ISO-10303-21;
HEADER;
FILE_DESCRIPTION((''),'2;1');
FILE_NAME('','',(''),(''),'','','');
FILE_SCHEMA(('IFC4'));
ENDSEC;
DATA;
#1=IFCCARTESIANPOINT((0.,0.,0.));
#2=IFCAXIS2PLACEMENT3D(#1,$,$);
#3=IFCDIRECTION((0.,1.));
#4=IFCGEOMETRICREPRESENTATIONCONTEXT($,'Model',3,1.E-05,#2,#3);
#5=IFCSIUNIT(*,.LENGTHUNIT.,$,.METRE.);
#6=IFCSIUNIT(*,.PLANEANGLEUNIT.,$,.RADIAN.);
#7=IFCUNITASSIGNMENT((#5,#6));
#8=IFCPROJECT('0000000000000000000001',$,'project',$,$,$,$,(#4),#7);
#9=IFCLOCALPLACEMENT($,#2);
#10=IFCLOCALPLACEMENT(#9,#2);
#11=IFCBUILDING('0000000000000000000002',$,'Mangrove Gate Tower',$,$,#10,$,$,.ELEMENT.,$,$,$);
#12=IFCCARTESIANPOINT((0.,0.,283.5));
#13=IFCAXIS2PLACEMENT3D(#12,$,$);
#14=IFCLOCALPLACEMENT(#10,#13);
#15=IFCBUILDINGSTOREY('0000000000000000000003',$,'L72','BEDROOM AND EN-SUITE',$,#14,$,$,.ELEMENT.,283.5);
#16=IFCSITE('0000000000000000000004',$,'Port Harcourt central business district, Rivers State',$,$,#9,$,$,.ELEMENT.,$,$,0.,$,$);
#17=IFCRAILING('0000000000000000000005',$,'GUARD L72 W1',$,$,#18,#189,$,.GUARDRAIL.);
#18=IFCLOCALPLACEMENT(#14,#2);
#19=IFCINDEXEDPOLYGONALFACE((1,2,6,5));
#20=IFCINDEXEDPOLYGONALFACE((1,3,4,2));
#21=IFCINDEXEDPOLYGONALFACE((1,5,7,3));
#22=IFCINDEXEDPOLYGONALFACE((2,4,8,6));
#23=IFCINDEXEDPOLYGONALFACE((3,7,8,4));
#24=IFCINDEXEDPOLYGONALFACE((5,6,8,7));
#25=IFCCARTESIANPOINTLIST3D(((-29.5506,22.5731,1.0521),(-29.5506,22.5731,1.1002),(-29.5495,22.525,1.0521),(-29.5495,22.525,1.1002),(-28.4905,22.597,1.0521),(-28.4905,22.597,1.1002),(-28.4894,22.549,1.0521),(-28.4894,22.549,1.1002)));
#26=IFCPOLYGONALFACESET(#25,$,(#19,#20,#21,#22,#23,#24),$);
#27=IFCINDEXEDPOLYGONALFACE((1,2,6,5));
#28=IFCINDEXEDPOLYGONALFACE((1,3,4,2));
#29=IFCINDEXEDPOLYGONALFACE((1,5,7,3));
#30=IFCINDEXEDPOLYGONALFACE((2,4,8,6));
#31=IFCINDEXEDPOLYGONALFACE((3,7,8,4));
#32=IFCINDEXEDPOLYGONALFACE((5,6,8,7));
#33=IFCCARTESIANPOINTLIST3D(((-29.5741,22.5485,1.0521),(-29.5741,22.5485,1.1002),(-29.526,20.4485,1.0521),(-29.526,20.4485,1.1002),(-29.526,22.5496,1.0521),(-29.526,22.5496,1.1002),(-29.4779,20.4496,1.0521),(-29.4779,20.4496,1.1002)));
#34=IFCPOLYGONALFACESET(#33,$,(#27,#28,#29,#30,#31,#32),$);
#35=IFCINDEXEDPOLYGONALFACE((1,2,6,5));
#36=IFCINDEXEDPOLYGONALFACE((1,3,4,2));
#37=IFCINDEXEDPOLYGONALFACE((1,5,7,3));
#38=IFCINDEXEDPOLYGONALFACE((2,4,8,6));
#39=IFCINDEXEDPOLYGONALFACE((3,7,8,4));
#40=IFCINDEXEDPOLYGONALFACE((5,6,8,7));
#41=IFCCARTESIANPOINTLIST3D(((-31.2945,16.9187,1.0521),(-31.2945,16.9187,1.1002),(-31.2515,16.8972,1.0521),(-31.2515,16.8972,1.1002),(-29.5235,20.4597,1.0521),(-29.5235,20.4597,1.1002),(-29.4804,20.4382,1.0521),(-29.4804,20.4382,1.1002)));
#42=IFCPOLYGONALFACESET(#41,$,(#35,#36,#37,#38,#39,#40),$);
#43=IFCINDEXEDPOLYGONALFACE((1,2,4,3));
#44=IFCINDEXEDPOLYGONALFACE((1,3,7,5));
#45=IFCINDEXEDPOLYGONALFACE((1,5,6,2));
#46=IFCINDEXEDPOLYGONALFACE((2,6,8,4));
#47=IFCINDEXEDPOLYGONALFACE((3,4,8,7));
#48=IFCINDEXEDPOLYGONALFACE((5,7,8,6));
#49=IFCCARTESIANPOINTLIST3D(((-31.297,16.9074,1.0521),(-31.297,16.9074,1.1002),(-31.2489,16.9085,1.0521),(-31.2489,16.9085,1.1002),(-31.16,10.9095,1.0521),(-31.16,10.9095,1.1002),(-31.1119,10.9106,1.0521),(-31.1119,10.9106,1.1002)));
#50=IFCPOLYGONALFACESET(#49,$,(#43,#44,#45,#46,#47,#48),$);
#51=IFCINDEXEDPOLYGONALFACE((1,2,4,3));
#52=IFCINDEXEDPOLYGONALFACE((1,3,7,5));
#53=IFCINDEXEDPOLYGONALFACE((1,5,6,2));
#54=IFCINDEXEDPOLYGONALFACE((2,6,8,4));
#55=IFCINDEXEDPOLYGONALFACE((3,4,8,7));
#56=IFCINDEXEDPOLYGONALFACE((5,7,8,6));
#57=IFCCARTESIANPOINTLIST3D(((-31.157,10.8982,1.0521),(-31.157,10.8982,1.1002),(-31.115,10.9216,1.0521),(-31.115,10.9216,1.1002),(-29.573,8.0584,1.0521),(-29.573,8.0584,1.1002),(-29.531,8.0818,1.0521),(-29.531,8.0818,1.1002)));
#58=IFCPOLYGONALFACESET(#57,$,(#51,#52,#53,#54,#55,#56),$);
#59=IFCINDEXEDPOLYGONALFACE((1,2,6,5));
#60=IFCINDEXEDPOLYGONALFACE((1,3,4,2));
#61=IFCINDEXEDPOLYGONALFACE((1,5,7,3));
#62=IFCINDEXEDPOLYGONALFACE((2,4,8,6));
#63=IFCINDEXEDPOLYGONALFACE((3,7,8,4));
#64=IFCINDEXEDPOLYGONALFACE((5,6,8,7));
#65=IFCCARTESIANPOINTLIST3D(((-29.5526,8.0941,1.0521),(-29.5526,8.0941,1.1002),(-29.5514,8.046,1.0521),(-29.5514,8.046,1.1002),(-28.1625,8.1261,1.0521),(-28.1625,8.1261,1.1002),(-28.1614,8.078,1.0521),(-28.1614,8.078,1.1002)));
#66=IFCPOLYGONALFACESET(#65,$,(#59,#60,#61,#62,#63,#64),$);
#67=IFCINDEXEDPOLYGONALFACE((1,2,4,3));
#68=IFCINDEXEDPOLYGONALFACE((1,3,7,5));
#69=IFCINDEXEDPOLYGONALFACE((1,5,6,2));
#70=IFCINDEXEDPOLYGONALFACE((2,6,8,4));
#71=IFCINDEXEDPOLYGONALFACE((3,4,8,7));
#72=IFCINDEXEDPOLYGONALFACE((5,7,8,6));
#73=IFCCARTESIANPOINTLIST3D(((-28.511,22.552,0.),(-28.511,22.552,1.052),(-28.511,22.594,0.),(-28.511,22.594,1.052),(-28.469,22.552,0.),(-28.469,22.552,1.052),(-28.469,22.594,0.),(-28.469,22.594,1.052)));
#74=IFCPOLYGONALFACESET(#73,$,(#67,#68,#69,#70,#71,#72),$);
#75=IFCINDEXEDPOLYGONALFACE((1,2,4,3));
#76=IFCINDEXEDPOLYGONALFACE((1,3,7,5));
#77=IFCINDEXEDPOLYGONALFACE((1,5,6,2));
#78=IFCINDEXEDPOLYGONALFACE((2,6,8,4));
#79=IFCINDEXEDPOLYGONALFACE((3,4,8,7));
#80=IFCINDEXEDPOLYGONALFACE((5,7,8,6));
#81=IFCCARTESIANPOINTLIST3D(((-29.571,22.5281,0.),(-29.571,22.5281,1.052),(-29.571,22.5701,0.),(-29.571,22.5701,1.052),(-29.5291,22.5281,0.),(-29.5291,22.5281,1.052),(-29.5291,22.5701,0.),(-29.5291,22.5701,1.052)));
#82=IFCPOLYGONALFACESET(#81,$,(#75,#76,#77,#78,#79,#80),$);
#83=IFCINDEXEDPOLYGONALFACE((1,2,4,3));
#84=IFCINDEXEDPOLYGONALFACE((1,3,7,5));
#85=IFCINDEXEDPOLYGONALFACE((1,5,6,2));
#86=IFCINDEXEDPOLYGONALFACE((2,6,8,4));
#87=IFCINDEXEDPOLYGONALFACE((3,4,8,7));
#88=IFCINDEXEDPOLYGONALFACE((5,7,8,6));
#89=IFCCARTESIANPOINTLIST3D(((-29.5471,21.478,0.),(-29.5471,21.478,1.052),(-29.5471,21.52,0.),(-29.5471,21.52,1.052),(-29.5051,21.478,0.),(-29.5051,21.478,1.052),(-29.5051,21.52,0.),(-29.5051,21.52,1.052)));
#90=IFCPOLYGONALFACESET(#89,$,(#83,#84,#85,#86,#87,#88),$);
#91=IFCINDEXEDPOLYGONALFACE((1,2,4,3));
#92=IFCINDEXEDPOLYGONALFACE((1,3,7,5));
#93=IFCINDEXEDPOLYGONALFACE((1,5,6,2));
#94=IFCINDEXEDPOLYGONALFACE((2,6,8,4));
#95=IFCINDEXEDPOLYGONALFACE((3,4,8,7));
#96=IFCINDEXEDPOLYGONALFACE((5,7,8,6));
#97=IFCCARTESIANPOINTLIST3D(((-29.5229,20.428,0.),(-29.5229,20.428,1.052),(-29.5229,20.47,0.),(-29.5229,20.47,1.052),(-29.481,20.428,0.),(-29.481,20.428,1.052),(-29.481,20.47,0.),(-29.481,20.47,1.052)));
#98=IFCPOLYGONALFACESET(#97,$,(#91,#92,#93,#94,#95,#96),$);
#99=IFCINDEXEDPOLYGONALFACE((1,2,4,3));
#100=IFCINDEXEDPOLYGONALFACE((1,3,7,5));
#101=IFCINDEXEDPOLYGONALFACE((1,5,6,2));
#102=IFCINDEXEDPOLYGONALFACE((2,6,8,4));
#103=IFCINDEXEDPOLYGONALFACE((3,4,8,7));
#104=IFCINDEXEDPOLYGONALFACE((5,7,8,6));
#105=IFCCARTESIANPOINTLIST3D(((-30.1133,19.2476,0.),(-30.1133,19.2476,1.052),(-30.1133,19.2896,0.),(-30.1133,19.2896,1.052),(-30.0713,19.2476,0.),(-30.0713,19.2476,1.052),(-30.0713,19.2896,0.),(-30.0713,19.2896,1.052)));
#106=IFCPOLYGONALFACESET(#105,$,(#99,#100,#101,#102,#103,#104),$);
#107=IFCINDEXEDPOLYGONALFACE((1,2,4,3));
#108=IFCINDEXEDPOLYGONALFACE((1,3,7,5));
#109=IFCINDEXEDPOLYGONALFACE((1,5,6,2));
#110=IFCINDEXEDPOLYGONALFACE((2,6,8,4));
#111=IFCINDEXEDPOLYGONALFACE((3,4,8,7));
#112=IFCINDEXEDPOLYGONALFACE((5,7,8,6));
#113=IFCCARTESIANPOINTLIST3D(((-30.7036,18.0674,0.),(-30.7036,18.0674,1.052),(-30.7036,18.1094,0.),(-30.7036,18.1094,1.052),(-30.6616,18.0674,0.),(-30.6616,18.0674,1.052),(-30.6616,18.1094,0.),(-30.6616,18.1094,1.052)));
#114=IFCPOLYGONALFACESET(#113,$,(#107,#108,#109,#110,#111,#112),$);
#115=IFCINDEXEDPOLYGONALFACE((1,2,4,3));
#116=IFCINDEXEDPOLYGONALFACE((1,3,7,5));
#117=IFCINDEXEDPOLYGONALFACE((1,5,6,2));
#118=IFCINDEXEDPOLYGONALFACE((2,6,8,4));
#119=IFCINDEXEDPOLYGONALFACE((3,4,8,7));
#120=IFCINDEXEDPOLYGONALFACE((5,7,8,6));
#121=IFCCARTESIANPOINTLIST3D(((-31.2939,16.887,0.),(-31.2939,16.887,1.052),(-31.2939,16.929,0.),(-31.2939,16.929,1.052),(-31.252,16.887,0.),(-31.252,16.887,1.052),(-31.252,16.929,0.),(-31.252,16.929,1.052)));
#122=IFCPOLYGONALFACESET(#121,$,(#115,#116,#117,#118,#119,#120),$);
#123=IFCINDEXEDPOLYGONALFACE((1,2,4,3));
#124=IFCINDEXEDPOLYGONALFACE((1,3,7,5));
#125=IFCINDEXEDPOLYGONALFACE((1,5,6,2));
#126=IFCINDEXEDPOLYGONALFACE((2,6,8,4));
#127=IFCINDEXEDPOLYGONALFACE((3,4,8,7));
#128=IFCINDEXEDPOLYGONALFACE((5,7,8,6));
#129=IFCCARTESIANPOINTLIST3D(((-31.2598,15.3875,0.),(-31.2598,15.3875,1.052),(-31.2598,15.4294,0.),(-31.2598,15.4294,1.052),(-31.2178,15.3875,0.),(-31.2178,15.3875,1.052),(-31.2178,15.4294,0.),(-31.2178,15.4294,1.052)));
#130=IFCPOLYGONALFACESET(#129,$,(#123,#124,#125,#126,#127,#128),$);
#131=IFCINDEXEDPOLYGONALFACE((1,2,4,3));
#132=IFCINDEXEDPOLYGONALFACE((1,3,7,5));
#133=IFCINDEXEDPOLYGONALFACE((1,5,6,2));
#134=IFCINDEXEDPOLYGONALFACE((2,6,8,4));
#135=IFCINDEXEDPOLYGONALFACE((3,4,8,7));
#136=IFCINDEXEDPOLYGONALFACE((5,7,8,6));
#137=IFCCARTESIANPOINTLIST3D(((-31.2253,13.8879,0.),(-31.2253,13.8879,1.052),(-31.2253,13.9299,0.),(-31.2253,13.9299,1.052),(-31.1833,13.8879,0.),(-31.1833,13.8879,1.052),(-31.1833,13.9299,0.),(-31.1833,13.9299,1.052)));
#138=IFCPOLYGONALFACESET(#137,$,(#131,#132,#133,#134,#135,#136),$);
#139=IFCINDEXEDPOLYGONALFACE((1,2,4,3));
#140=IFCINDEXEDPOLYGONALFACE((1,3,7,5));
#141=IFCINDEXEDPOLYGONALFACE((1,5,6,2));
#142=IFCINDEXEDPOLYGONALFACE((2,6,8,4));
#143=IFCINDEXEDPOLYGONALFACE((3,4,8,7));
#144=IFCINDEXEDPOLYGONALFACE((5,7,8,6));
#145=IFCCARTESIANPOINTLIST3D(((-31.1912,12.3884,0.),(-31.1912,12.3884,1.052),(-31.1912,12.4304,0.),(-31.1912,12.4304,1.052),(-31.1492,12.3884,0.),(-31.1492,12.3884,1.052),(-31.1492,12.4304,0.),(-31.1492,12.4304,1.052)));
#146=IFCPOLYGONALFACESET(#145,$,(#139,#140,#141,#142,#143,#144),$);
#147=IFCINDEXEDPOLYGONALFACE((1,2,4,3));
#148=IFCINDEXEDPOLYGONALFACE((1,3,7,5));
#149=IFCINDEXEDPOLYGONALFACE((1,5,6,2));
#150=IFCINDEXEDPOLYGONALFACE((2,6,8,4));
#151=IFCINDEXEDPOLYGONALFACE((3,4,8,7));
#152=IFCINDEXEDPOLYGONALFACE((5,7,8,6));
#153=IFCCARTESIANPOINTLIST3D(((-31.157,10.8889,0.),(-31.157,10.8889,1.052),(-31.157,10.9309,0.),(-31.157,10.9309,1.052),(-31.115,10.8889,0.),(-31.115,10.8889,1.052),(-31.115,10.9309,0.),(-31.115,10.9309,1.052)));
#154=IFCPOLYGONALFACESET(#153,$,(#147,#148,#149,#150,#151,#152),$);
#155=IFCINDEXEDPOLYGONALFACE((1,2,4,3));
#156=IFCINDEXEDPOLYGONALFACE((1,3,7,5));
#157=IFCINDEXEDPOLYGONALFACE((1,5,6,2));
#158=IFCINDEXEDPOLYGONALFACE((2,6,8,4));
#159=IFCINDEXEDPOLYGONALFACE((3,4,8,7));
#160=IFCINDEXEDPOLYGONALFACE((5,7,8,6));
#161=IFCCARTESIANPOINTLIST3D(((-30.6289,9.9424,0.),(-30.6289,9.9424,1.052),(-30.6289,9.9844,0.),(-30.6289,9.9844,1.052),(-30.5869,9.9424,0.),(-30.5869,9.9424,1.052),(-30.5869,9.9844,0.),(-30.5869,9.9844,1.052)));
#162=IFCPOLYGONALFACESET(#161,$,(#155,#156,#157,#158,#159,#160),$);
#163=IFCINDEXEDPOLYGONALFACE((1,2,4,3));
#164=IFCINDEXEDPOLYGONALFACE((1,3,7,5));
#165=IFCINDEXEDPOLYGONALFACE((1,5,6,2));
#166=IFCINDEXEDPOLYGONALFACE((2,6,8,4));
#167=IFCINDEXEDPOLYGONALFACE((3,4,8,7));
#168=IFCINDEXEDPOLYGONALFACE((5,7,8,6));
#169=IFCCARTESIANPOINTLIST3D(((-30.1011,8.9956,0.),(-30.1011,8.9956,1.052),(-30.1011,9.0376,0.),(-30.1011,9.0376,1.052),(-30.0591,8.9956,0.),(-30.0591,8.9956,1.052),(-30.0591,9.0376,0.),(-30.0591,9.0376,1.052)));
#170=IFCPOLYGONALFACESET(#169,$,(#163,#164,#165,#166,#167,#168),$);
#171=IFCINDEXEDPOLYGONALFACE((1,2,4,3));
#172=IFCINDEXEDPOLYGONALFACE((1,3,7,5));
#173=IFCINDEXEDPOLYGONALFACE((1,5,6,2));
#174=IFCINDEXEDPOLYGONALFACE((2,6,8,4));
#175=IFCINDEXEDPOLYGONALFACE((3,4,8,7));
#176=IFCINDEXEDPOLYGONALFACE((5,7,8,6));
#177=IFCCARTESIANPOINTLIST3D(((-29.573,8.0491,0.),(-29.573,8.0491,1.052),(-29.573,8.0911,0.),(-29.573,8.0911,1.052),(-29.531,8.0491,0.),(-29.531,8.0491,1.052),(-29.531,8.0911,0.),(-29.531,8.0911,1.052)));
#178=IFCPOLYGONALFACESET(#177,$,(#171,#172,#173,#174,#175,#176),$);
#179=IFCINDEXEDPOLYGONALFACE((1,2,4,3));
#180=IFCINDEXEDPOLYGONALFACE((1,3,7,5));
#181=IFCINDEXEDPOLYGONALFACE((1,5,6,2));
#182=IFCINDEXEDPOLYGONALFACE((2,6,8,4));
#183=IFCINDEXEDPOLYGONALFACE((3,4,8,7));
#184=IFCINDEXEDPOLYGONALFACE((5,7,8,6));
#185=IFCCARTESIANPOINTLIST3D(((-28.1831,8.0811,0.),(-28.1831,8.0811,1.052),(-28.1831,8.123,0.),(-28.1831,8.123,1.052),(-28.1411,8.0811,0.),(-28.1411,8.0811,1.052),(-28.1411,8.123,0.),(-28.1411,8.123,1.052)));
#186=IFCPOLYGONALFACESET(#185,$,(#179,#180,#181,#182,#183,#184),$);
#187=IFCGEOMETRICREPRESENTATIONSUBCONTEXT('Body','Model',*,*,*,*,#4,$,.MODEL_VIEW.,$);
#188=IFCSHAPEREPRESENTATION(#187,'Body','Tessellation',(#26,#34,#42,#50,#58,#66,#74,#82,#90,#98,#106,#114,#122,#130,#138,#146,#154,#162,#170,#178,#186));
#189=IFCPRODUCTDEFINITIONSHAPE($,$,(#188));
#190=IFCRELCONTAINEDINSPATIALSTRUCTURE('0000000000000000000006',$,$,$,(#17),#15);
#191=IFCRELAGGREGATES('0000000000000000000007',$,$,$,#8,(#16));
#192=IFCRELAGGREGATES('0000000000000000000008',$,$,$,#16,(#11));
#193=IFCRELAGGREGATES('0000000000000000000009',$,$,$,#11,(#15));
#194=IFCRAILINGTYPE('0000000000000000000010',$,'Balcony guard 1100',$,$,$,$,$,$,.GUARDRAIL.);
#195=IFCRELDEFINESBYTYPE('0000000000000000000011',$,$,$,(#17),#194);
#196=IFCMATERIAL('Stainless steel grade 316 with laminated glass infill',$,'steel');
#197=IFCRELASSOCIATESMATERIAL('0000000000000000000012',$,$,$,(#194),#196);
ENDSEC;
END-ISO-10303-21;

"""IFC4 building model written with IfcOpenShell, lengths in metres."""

from ifc_helpers import new_model, si_unit, direction, frame, origin, origin_2d, place, context, subcontext, project, spatial, rectangle, extrude, material, type_object, element, save


model = new_model("IFC4")

# Units and contexts
model_context = context("Model", 3, precision=1e-05, world=origin(), true_north=direction((0.0, 1.0)))
body_context = subcontext(model_context, "Body", "Model", "MODEL_VIEW")
ifc_project = project(units=[si_unit("LENGTHUNIT", "METRE"), si_unit("PLANEANGLEUNIT", "RADIAN")], contexts=[model_context])

# Site, building, storey
site_placement = place(None, origin())
site = spatial("IfcSite", under=ifc_project, at=site_placement, Name="Port Harcourt central business district, Rivers State", CompositionType="ELEMENT", RefElevation=0.0)
building_placement = place(site_placement, origin())
building = spatial("IfcBuilding", under=site, at=building_placement, Name="Mangrove Gate Tower", CompositionType="ELEMENT")
storey_placement = place(building_placement, frame((0.0, 0.0, 283.5)))
storey = spatial("IfcBuildingStorey", under=building, at=storey_placement, Name="L72", Description="BEDROOM AND EN-SUITE", CompositionType="ELEMENT", Elevation=283.5)

# Railing
ifc_material_1 = material(Name="Stainless steel grade 316 with laminated glass infill", Category="steel")
railing_type = type_object("IfcRailingType", Name="Balcony guard 1100", PredefinedType="GUARDRAIL", material=ifc_material_1)
railing_placement = place(storey_placement, frame((-28.49, 22.573, 0.0)))
element("IfcRailing", 1, at=railing_placement, inside=storey, type_object=railing_type, Name="GUARD L72 W1", PredefinedType="GUARDRAIL", context=body_context, shape_type="SweptSolid", body=[
    extrude(rectangle(XDim=0.0481, YDim=0.0481, at=origin_2d()), frame((0.0, 0.0, 1.0762), z_axis=(-0.999745, -0.022564, 0.0), x_axis=(0.022564, -0.999745, 0.0)), (0.0, 0.0, 1.0), 1.0603),
    extrude(rectangle(XDim=0.0481, YDim=0.0481, at=origin_2d()), frame((-1.0601, -0.0239, 1.0762), z_axis=(0.022896, -0.999738, 0.0), x_axis=(0.999738, 0.022896, 0.0)), (0.0, 0.0, 1.0), 2.1006),
    extrude(rectangle(XDim=0.0481, YDim=0.0481, at=origin_2d()), frame((-1.012, -2.124, 1.0762), z_axis=(-0.447312, -0.894378, 0.0), x_axis=(0.894378, -0.447312, 0.0)), (0.0, 0.0, 1.0), 3.9592),
    extrude(rectangle(XDim=0.0481, YDim=0.0481, at=origin_2d()), frame((-2.783, -5.665, 1.0762), z_axis=(0.022829, -0.999739, 0.0), x_axis=(0.999739, 0.022829, 0.0)), (0.0, 0.0, 1.0), 5.9995),
    extrude(rectangle(XDim=0.0481, YDim=0.0481, at=origin_2d()), frame((-2.646, -11.6631, 1.0762), z_axis=(0.487121, -0.873334, 0.0), x_axis=(0.873334, 0.487121, 0.0)), (0.0, 0.0, 1.0), 3.2517),
    extrude(rectangle(XDim=0.0481, YDim=0.0481, at=origin_2d()), frame((-1.062, -14.5029, 1.0762), z_axis=(0.999735, 0.023005, 0.0), x_axis=(-0.023005, 0.999735, 0.0)), (0.0, 0.0, 1.0), 1.3904),
    extrude(rectangle(XDim=0.042, YDim=0.042, at=origin_2d()), origin(), (0.0, 0.0, 1.0), 1.052),
    extrude(rectangle(XDim=0.042, YDim=0.042, at=origin_2d()), frame((-1.0601, -0.0239, 0.0)), (0.0, 0.0, 1.0), 1.052),
    extrude(rectangle(XDim=0.042, YDim=0.042, at=origin_2d()), frame((-1.0361, -1.074, 0.0)), (0.0, 0.0, 1.0), 1.052),
    extrude(rectangle(XDim=0.042, YDim=0.042, at=origin_2d()), frame((-1.012, -2.124, 0.0)), (0.0, 0.0, 1.0), 1.052),
    extrude(rectangle(XDim=0.042, YDim=0.042, at=origin_2d()), frame((-1.6023, -3.3044, 0.0)), (0.0, 0.0, 1.0), 1.052),
    extrude(rectangle(XDim=0.042, YDim=0.042, at=origin_2d()), frame((-2.1926, -4.4846, 0.0)), (0.0, 0.0, 1.0), 1.052),
    extrude(rectangle(XDim=0.042, YDim=0.042, at=origin_2d()), frame((-2.783, -5.665, 0.0)), (0.0, 0.0, 1.0), 1.052),
    extrude(rectangle(XDim=0.042, YDim=0.042, at=origin_2d()), frame((-2.7488, -7.1646, 0.0)), (0.0, 0.0, 1.0), 1.052),
    extrude(rectangle(XDim=0.042, YDim=0.042, at=origin_2d()), frame((-2.7144, -8.6641, 0.0)), (0.0, 0.0, 1.0), 1.052),
    extrude(rectangle(XDim=0.042, YDim=0.042, at=origin_2d()), frame((-2.6802, -10.1636, 0.0)), (0.0, 0.0, 1.0), 1.052),
    extrude(rectangle(XDim=0.042, YDim=0.042, at=origin_2d()), frame((-2.646, -11.6631, 0.0)), (0.0, 0.0, 1.0), 1.052),
    extrude(rectangle(XDim=0.042, YDim=0.042, at=origin_2d()), frame((-2.1179, -12.6096, 0.0)), (0.0, 0.0, 1.0), 1.052),
    extrude(rectangle(XDim=0.042, YDim=0.042, at=origin_2d()), frame((-1.5901, -13.5564, 0.0)), (0.0, 0.0, 1.0), 1.052),
    extrude(rectangle(XDim=0.042, YDim=0.042, at=origin_2d()), frame((-1.062, -14.5029, 0.0)), (0.0, 0.0, 1.0), 1.052),
    extrude(rectangle(XDim=0.042, YDim=0.042, at=origin_2d()), frame((0.3279, -14.4709, 0.0)), (0.0, 0.0, 1.0), 1.052),
])

save(model, "model.ifc")
